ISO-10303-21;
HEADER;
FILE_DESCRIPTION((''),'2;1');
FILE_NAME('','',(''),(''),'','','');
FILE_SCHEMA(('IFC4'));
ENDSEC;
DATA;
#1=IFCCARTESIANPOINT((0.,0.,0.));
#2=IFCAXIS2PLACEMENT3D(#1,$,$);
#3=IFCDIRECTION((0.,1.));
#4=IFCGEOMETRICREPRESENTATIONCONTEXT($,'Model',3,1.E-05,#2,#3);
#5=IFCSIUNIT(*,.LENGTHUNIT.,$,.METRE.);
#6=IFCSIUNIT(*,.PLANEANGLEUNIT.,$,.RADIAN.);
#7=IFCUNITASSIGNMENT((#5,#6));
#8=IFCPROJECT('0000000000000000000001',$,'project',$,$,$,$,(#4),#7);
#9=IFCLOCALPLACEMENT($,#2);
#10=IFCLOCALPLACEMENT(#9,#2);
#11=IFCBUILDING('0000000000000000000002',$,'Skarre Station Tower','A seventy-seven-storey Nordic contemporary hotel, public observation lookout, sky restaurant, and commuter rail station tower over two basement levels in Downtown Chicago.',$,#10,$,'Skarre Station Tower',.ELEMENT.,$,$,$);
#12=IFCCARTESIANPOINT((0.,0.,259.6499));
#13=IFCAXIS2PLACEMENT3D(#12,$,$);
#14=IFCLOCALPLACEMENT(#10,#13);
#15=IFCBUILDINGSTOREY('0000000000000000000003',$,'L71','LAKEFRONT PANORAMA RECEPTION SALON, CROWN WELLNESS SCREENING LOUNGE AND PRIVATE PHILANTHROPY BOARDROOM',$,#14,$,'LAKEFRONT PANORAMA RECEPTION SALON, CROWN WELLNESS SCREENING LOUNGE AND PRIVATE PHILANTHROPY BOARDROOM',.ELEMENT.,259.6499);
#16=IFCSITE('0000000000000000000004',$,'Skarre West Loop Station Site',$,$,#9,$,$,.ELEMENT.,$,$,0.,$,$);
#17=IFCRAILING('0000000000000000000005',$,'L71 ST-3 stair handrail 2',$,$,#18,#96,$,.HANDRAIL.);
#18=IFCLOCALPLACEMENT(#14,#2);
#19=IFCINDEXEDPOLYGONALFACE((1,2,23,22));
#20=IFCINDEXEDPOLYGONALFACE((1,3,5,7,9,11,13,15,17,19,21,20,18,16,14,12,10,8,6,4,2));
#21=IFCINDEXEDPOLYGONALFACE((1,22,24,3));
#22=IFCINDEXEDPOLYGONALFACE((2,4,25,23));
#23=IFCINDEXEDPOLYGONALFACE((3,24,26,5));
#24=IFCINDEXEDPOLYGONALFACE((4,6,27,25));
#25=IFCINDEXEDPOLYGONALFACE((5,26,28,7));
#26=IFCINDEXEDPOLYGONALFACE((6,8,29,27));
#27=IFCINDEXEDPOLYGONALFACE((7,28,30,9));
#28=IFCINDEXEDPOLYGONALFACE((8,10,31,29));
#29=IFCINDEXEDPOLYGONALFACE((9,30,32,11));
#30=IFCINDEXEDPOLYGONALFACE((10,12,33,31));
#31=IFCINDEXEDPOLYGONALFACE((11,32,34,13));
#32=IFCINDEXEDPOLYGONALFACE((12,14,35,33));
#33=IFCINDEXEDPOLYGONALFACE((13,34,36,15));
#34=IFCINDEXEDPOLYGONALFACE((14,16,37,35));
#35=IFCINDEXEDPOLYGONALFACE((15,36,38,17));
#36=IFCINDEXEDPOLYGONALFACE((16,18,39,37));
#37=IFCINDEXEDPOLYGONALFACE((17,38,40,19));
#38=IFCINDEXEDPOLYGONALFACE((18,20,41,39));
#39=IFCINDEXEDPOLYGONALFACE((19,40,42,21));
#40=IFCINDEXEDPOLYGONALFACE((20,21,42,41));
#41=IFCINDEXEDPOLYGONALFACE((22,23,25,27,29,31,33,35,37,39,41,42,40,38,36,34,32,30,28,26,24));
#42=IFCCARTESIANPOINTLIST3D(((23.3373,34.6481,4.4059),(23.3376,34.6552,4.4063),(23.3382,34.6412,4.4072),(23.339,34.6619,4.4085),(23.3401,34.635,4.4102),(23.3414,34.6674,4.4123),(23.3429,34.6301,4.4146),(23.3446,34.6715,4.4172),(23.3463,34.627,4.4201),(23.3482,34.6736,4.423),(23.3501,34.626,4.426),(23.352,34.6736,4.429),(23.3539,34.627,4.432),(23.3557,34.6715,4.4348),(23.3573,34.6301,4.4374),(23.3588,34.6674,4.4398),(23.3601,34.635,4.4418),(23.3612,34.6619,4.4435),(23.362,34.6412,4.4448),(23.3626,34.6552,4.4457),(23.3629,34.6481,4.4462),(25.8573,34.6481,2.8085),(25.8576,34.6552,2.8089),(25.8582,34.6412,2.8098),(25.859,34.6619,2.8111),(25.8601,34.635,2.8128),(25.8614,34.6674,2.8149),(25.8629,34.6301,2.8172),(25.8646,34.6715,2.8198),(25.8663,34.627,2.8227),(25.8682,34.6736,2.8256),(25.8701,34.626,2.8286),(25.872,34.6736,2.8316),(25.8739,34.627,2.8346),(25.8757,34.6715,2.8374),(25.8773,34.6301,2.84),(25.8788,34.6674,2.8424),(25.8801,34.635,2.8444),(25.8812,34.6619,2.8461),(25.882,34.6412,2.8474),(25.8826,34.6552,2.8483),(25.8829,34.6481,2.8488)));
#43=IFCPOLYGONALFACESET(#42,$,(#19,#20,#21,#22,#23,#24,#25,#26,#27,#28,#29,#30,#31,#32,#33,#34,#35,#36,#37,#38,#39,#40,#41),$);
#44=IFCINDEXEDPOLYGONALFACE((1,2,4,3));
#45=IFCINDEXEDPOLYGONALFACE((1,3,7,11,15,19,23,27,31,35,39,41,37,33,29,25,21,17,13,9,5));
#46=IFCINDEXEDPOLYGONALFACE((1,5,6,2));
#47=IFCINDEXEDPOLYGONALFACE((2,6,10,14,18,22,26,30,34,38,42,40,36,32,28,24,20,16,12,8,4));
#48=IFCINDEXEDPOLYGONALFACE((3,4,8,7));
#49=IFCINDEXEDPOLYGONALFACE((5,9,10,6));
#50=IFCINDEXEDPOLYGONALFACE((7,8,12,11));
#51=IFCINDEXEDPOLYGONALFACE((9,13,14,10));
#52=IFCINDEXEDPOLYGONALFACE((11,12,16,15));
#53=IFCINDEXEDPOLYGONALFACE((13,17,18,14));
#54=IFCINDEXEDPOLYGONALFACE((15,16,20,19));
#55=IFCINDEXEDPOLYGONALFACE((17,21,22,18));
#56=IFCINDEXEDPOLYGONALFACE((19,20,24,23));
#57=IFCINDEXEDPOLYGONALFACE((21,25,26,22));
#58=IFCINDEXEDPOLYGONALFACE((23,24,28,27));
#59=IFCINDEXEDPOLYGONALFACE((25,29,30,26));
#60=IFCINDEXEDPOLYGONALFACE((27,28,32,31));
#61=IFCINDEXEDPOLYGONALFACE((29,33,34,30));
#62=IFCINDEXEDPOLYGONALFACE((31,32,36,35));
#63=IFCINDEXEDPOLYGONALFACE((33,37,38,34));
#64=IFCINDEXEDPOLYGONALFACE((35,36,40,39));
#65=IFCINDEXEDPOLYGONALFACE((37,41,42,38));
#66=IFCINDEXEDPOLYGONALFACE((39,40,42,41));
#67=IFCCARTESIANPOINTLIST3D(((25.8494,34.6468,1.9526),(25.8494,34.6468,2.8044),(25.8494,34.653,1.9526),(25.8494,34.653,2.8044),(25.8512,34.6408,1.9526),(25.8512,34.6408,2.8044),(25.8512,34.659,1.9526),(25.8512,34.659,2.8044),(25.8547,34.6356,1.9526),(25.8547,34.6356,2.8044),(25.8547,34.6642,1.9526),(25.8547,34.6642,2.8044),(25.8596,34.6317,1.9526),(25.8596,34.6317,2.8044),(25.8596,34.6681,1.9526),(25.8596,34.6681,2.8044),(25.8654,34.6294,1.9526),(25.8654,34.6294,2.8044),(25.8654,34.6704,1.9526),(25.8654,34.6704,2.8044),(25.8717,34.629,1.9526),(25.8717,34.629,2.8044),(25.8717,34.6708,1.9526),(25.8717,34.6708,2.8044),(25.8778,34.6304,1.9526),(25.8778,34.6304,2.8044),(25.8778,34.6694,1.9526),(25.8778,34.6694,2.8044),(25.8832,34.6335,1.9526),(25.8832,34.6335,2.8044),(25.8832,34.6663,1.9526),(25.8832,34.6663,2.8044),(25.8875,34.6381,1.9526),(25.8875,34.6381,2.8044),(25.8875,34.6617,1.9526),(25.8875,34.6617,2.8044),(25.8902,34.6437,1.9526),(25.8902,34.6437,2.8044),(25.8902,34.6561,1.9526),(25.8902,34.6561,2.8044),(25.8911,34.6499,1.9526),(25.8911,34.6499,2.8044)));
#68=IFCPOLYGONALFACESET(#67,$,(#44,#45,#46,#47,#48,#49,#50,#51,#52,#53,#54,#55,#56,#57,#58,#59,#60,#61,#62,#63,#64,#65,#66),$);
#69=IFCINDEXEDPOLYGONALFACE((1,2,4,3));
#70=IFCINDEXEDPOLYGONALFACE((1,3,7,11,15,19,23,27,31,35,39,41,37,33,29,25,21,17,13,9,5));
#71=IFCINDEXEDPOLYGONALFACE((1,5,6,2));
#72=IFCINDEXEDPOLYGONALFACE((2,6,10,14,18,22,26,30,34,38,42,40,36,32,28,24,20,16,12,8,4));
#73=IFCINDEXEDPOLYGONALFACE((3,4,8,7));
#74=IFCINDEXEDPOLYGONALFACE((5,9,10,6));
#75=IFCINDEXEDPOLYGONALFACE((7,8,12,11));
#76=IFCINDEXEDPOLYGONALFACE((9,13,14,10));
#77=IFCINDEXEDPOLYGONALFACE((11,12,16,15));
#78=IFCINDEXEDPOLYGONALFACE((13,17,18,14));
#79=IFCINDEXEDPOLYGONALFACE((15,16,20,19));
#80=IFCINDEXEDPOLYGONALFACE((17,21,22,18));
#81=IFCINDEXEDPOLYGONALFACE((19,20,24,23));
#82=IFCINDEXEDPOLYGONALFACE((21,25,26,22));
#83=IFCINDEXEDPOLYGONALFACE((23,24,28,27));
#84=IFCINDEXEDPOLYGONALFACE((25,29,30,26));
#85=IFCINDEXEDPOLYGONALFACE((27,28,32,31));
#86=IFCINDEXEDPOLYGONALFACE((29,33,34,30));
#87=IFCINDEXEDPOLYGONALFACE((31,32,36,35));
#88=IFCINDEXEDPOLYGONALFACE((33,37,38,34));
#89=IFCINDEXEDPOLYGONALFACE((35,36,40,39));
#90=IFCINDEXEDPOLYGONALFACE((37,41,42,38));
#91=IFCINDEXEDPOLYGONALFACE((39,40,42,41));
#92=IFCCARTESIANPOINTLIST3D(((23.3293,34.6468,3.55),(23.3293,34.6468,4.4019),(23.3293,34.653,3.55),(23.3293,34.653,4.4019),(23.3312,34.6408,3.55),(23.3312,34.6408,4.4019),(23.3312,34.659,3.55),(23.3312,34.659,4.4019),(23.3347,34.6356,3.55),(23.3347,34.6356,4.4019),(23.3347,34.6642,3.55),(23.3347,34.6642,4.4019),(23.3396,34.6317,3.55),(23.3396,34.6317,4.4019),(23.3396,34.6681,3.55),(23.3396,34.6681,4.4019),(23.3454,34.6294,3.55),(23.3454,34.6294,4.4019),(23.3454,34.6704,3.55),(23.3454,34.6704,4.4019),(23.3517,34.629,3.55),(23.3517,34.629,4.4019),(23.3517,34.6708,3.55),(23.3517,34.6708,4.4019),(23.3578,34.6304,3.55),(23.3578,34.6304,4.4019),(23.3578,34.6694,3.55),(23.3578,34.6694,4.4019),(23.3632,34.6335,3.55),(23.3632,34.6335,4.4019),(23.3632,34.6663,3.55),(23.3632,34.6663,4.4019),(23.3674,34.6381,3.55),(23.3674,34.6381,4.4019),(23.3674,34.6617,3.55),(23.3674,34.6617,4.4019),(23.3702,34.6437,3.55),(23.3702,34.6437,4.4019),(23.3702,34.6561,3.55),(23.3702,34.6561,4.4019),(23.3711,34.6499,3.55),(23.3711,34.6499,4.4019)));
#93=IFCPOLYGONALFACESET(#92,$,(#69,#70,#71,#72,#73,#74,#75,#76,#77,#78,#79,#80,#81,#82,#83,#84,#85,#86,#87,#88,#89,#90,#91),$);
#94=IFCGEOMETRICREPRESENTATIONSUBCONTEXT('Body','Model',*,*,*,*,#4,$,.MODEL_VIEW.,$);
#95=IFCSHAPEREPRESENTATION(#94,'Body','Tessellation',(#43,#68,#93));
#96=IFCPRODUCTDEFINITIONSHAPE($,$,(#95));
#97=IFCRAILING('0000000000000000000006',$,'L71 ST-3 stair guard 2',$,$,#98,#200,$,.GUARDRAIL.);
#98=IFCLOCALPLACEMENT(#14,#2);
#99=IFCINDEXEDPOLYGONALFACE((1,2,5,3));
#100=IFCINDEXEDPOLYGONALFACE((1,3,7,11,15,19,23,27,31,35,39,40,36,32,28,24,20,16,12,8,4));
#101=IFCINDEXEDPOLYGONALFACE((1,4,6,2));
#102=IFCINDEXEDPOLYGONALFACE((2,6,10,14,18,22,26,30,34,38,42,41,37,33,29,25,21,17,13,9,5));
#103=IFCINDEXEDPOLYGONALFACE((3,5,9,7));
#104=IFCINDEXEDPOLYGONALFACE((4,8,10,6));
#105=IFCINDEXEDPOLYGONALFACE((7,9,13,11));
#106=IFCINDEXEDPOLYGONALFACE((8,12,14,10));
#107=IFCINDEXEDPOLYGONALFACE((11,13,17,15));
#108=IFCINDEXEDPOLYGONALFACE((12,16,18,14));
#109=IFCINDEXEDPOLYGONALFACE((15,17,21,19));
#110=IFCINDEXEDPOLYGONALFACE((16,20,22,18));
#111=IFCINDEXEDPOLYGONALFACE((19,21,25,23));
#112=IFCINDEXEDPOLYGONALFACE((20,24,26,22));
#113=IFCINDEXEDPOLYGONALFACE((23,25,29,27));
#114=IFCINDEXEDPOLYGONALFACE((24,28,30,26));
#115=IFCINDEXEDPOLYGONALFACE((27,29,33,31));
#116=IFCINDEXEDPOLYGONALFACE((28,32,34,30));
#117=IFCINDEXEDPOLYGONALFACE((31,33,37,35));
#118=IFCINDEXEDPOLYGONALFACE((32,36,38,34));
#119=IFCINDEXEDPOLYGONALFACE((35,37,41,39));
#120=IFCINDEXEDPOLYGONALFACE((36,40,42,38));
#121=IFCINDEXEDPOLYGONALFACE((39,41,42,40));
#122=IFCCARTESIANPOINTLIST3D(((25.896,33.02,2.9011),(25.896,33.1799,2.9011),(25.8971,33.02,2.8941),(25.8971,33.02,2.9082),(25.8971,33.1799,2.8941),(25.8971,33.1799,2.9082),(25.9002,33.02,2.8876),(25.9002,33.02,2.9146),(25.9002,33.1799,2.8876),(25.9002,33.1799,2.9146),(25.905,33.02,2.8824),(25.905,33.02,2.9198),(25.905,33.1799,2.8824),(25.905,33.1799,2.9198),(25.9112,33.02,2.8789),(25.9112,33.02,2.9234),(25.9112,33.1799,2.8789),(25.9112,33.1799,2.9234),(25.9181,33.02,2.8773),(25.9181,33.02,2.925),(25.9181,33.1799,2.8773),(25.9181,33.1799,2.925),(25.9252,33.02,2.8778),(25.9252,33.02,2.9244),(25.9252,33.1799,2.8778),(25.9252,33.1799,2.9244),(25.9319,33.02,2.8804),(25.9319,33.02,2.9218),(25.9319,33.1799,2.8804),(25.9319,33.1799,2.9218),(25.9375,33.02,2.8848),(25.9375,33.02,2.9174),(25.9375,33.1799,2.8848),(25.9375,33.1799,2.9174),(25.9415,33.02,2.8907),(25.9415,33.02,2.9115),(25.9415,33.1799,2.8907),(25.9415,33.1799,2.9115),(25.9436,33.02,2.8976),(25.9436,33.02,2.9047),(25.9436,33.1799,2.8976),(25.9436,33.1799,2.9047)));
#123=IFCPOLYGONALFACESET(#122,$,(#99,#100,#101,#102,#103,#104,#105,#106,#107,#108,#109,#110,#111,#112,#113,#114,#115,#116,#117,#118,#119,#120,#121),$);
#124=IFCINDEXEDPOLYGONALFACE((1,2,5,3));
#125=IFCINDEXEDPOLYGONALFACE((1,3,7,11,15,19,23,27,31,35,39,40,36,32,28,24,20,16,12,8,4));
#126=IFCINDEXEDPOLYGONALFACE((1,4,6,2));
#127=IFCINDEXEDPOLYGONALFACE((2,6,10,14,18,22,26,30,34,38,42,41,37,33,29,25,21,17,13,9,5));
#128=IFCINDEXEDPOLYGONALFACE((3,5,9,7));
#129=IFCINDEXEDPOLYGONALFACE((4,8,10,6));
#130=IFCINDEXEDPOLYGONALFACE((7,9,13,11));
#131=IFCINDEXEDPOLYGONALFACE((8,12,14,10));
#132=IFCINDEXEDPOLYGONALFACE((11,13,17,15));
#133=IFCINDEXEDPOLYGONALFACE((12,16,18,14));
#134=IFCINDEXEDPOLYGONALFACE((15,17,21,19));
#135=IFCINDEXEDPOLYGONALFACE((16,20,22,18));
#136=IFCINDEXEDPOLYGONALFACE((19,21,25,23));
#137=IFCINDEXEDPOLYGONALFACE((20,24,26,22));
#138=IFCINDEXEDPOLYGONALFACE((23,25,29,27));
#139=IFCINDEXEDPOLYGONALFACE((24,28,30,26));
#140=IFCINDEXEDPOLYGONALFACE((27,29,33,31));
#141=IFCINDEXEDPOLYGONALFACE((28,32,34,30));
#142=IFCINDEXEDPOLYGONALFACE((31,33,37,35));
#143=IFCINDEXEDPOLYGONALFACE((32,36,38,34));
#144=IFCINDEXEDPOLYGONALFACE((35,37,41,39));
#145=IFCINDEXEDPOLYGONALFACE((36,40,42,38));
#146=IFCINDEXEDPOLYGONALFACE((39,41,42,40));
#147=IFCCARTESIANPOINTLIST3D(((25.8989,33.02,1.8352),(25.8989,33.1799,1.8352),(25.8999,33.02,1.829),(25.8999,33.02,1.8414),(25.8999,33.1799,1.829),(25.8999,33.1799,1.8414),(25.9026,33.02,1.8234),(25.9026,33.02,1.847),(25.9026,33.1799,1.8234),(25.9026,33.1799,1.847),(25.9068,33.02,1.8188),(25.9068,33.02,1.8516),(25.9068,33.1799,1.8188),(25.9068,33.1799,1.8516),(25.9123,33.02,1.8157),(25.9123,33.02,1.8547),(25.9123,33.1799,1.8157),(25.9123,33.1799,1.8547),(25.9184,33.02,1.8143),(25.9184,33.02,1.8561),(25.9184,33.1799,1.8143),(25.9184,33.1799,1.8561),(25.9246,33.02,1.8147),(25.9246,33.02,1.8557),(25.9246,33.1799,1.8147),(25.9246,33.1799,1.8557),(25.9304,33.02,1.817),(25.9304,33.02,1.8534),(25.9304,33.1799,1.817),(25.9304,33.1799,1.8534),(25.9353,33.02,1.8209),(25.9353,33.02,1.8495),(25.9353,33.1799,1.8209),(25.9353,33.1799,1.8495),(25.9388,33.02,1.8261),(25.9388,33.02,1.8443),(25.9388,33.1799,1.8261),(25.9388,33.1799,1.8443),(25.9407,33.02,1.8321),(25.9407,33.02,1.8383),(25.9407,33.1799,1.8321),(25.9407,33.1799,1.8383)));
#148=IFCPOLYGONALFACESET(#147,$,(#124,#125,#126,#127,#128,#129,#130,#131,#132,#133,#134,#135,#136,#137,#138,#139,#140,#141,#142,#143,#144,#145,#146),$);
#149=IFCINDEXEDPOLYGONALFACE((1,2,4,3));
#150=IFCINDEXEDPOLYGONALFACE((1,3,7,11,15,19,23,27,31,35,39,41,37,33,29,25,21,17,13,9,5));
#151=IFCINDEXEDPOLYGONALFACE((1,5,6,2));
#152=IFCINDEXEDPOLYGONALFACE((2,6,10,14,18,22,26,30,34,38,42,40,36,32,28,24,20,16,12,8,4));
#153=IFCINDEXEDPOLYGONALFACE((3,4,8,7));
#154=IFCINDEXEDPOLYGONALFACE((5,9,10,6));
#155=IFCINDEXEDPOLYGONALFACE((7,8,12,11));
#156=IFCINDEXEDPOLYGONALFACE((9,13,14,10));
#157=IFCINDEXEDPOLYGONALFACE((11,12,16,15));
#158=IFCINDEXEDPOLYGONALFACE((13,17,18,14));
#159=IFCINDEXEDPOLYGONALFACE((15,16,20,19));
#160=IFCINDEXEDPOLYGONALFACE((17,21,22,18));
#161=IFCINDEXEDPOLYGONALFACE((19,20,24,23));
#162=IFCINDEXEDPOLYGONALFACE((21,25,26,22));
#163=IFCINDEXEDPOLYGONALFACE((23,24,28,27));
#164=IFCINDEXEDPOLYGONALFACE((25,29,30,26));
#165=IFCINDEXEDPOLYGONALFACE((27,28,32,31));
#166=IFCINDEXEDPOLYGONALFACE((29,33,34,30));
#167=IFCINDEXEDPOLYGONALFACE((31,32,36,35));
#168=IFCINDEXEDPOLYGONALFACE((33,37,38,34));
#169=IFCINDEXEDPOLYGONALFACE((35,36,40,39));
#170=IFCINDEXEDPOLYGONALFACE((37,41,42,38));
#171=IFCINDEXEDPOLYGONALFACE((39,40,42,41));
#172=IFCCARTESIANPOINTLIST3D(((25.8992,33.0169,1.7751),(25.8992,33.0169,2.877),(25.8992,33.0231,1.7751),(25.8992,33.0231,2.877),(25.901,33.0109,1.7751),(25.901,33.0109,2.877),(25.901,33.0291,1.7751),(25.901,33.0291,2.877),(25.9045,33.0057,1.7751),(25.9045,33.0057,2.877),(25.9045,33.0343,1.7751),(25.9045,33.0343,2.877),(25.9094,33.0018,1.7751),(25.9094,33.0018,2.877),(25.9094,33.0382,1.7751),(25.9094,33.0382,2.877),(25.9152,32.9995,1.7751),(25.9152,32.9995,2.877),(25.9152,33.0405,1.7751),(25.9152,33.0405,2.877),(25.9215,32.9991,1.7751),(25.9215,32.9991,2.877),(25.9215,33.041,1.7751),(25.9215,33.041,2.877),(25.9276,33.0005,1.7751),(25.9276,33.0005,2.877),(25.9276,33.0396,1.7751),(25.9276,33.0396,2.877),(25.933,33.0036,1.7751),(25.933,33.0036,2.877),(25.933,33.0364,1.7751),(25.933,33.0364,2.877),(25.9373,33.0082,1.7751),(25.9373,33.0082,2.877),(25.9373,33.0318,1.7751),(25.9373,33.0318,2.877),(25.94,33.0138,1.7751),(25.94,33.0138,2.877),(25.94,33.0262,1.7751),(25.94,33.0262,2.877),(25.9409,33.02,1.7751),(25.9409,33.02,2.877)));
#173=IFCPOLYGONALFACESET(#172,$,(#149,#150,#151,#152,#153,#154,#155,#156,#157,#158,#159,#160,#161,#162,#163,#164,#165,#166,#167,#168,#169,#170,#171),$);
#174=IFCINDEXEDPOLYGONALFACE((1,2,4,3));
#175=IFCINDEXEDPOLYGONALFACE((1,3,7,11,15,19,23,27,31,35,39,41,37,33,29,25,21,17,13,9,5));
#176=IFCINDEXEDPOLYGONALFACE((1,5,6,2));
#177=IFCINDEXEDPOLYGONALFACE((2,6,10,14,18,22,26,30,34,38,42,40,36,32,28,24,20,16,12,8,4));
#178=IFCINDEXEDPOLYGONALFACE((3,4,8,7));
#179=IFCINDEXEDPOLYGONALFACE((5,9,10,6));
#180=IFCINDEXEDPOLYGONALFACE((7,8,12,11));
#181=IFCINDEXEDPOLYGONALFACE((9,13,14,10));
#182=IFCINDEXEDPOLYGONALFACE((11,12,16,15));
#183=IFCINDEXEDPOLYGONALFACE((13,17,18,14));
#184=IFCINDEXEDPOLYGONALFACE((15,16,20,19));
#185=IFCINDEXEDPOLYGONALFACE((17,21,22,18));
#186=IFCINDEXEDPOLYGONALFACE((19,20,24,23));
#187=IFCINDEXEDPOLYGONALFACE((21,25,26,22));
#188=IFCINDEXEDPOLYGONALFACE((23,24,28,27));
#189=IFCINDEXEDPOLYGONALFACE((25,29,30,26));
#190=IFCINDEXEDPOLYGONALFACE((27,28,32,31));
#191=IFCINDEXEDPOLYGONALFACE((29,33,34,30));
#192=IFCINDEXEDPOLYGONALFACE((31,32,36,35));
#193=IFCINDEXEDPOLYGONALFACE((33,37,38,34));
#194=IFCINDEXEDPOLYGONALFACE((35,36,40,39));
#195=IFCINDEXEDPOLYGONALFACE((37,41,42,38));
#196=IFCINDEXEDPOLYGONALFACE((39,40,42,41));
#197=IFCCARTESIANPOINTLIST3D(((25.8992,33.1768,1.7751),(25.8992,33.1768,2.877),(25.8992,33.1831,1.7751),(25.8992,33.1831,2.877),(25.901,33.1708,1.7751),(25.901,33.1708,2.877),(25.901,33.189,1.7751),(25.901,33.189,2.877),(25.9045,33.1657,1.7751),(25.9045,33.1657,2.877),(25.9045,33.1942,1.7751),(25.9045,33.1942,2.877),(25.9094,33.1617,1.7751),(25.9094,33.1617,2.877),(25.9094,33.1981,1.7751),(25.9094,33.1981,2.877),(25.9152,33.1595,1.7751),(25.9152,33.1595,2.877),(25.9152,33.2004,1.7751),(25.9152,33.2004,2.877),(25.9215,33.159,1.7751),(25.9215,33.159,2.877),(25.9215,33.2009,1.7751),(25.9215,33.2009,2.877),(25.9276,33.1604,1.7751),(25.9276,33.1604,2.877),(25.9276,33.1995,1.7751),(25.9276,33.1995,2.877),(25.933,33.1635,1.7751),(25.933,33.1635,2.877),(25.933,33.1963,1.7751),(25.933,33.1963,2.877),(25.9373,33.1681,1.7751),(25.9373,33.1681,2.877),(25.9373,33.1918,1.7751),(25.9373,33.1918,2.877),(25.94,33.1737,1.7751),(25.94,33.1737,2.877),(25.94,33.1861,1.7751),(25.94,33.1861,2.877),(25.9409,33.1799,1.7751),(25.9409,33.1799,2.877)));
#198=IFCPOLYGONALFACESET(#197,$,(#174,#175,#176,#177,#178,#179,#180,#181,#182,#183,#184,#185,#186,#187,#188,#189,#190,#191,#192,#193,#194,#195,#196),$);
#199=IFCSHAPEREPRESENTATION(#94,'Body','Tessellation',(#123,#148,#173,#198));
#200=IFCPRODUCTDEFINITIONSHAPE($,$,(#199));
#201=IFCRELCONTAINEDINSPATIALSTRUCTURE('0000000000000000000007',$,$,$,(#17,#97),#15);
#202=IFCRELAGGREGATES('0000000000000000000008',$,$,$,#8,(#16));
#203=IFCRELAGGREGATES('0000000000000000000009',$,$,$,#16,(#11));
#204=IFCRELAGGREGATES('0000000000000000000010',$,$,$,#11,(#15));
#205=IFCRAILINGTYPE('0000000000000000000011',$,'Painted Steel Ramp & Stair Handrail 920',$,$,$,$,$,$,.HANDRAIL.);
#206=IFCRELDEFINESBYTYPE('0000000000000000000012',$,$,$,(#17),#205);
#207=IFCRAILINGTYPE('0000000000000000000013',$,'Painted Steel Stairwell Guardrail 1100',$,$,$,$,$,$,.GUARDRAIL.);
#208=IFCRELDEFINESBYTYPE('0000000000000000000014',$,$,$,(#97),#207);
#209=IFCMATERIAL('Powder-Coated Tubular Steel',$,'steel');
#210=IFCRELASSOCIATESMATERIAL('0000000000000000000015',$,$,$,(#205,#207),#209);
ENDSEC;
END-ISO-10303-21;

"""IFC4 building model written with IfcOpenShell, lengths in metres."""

from ifc_helpers import new_model, si_unit, direction, frame, origin, origin_2d, place, context, subcontext, project, spatial, circle, extrude, material, type_object, element, save


model = new_model("IFC4")

# Units and contexts
model_context = context("Model", 3, precision=1e-05, world=origin(), true_north=direction((0.0, 1.0)))
body_context = subcontext(model_context, "Body", "Model", "MODEL_VIEW")
ifc_project = project(units=[si_unit("LENGTHUNIT", "METRE"), si_unit("PLANEANGLEUNIT", "RADIAN")], contexts=[model_context])

# Site, building, storey
site_placement = place(None, origin())
site = spatial("IfcSite", under=ifc_project, at=site_placement, Name="Skarre West Loop Station Site", CompositionType="ELEMENT", RefElevation=0.0)
building_placement = place(site_placement, origin())
building = spatial("IfcBuilding", under=site, at=building_placement, Name="Skarre Station Tower", Description="A seventy-seven-storey Nordic contemporary hotel, public observation lookout, sky restaurant, and commuter rail station tower over two basement levels in Downtown Chicago.", LongName="Skarre Station Tower", CompositionType="ELEMENT")
storey_placement = place(building_placement, frame((0.0, 0.0, 259.6499)))
storey = spatial("IfcBuildingStorey", under=building, at=storey_placement, Name="L71", Description="LAKEFRONT PANORAMA RECEPTION SALON, CROWN WELLNESS SCREENING LOUNGE AND PRIVATE PHILANTHROPY BOARDROOM", LongName="LAKEFRONT PANORAMA RECEPTION SALON, CROWN WELLNESS SCREENING LOUNGE AND PRIVATE PHILANTHROPY BOARDROOM", CompositionType="ELEMENT", Elevation=259.6499)

# Railings
ifc_material_1 = material(Name="Powder-Coated Tubular Steel", Category="steel")
railing_type_1 = type_object("IfcRailingType", Name="Painted Steel Ramp & Stair Handrail 920", PredefinedType="HANDRAIL", material=ifc_material_1)
railing_1_placement = place(storey_placement, frame((25.8701, 34.6499, 1.9526)))
element("IfcRailing", 1, at=railing_1_placement, inside=storey, type_object=railing_type_1, Name="L71 ST-3 stair handrail 2", PredefinedType="HANDRAIL", context=body_context, shape_type="SweptSolid", body=[
    extrude(circle(Radius=0.0239, at=origin_2d()), frame((0.0, 0.0, 0.876), z_axis=(-0.844607, 0.0, 0.535387), x_axis=(0.0, -1.0, 0.0)), (0.0, 0.0, 1.0), 2.9836),
    extrude(circle(Radius=0.021, at=origin_2d()), origin(), (0.0, 0.0, 1.0), 0.8518),
    extrude(circle(Radius=0.021, at=origin_2d()), frame((-2.52, 0.0, 1.5974)), (0.0, 0.0, 1.0), 0.8518),
])
railing_type_2 = type_object("IfcRailingType", Name="Painted Steel Stairwell Guardrail 1100", PredefinedType="GUARDRAIL", material=ifc_material_1)
railing_2_placement = place(storey_placement, frame((25.9199, 33.02, 1.7751)))
element("IfcRailing", 2, at=railing_2_placement, inside=storey, type_object=railing_type_2, Name="L71 ST-3 stair guard 2", PredefinedType="GUARDRAIL", context=body_context, shape_type="SweptSolid", body=[
    extrude(circle(Radius=0.0239, at=origin_2d()), frame((0.0, 0.0, 1.126), z_axis=(0.0, 1.0, 0.0), x_axis=(-1.0, 0.0, 0.0)), (0.0, 0.0, 1.0), 0.1599),
    extrude(circle(Radius=0.021, at=origin_2d()), frame((0.0, 0.0, 0.0601), z_axis=(0.0, 1.0, 0.0), x_axis=(-1.0, 0.0, 0.0)), (0.0, 0.0, 1.0), 0.1599),
    extrude(circle(Radius=0.021, at=origin_2d()), origin(), (0.0, 0.0, 1.0), 1.1018),
    extrude(circle(Radius=0.021, at=origin_2d()), frame((0.0, 0.1599, 0.0)), (0.0, 0.0, 1.0), 1.1018),
])

save(model, "model.ifc")
